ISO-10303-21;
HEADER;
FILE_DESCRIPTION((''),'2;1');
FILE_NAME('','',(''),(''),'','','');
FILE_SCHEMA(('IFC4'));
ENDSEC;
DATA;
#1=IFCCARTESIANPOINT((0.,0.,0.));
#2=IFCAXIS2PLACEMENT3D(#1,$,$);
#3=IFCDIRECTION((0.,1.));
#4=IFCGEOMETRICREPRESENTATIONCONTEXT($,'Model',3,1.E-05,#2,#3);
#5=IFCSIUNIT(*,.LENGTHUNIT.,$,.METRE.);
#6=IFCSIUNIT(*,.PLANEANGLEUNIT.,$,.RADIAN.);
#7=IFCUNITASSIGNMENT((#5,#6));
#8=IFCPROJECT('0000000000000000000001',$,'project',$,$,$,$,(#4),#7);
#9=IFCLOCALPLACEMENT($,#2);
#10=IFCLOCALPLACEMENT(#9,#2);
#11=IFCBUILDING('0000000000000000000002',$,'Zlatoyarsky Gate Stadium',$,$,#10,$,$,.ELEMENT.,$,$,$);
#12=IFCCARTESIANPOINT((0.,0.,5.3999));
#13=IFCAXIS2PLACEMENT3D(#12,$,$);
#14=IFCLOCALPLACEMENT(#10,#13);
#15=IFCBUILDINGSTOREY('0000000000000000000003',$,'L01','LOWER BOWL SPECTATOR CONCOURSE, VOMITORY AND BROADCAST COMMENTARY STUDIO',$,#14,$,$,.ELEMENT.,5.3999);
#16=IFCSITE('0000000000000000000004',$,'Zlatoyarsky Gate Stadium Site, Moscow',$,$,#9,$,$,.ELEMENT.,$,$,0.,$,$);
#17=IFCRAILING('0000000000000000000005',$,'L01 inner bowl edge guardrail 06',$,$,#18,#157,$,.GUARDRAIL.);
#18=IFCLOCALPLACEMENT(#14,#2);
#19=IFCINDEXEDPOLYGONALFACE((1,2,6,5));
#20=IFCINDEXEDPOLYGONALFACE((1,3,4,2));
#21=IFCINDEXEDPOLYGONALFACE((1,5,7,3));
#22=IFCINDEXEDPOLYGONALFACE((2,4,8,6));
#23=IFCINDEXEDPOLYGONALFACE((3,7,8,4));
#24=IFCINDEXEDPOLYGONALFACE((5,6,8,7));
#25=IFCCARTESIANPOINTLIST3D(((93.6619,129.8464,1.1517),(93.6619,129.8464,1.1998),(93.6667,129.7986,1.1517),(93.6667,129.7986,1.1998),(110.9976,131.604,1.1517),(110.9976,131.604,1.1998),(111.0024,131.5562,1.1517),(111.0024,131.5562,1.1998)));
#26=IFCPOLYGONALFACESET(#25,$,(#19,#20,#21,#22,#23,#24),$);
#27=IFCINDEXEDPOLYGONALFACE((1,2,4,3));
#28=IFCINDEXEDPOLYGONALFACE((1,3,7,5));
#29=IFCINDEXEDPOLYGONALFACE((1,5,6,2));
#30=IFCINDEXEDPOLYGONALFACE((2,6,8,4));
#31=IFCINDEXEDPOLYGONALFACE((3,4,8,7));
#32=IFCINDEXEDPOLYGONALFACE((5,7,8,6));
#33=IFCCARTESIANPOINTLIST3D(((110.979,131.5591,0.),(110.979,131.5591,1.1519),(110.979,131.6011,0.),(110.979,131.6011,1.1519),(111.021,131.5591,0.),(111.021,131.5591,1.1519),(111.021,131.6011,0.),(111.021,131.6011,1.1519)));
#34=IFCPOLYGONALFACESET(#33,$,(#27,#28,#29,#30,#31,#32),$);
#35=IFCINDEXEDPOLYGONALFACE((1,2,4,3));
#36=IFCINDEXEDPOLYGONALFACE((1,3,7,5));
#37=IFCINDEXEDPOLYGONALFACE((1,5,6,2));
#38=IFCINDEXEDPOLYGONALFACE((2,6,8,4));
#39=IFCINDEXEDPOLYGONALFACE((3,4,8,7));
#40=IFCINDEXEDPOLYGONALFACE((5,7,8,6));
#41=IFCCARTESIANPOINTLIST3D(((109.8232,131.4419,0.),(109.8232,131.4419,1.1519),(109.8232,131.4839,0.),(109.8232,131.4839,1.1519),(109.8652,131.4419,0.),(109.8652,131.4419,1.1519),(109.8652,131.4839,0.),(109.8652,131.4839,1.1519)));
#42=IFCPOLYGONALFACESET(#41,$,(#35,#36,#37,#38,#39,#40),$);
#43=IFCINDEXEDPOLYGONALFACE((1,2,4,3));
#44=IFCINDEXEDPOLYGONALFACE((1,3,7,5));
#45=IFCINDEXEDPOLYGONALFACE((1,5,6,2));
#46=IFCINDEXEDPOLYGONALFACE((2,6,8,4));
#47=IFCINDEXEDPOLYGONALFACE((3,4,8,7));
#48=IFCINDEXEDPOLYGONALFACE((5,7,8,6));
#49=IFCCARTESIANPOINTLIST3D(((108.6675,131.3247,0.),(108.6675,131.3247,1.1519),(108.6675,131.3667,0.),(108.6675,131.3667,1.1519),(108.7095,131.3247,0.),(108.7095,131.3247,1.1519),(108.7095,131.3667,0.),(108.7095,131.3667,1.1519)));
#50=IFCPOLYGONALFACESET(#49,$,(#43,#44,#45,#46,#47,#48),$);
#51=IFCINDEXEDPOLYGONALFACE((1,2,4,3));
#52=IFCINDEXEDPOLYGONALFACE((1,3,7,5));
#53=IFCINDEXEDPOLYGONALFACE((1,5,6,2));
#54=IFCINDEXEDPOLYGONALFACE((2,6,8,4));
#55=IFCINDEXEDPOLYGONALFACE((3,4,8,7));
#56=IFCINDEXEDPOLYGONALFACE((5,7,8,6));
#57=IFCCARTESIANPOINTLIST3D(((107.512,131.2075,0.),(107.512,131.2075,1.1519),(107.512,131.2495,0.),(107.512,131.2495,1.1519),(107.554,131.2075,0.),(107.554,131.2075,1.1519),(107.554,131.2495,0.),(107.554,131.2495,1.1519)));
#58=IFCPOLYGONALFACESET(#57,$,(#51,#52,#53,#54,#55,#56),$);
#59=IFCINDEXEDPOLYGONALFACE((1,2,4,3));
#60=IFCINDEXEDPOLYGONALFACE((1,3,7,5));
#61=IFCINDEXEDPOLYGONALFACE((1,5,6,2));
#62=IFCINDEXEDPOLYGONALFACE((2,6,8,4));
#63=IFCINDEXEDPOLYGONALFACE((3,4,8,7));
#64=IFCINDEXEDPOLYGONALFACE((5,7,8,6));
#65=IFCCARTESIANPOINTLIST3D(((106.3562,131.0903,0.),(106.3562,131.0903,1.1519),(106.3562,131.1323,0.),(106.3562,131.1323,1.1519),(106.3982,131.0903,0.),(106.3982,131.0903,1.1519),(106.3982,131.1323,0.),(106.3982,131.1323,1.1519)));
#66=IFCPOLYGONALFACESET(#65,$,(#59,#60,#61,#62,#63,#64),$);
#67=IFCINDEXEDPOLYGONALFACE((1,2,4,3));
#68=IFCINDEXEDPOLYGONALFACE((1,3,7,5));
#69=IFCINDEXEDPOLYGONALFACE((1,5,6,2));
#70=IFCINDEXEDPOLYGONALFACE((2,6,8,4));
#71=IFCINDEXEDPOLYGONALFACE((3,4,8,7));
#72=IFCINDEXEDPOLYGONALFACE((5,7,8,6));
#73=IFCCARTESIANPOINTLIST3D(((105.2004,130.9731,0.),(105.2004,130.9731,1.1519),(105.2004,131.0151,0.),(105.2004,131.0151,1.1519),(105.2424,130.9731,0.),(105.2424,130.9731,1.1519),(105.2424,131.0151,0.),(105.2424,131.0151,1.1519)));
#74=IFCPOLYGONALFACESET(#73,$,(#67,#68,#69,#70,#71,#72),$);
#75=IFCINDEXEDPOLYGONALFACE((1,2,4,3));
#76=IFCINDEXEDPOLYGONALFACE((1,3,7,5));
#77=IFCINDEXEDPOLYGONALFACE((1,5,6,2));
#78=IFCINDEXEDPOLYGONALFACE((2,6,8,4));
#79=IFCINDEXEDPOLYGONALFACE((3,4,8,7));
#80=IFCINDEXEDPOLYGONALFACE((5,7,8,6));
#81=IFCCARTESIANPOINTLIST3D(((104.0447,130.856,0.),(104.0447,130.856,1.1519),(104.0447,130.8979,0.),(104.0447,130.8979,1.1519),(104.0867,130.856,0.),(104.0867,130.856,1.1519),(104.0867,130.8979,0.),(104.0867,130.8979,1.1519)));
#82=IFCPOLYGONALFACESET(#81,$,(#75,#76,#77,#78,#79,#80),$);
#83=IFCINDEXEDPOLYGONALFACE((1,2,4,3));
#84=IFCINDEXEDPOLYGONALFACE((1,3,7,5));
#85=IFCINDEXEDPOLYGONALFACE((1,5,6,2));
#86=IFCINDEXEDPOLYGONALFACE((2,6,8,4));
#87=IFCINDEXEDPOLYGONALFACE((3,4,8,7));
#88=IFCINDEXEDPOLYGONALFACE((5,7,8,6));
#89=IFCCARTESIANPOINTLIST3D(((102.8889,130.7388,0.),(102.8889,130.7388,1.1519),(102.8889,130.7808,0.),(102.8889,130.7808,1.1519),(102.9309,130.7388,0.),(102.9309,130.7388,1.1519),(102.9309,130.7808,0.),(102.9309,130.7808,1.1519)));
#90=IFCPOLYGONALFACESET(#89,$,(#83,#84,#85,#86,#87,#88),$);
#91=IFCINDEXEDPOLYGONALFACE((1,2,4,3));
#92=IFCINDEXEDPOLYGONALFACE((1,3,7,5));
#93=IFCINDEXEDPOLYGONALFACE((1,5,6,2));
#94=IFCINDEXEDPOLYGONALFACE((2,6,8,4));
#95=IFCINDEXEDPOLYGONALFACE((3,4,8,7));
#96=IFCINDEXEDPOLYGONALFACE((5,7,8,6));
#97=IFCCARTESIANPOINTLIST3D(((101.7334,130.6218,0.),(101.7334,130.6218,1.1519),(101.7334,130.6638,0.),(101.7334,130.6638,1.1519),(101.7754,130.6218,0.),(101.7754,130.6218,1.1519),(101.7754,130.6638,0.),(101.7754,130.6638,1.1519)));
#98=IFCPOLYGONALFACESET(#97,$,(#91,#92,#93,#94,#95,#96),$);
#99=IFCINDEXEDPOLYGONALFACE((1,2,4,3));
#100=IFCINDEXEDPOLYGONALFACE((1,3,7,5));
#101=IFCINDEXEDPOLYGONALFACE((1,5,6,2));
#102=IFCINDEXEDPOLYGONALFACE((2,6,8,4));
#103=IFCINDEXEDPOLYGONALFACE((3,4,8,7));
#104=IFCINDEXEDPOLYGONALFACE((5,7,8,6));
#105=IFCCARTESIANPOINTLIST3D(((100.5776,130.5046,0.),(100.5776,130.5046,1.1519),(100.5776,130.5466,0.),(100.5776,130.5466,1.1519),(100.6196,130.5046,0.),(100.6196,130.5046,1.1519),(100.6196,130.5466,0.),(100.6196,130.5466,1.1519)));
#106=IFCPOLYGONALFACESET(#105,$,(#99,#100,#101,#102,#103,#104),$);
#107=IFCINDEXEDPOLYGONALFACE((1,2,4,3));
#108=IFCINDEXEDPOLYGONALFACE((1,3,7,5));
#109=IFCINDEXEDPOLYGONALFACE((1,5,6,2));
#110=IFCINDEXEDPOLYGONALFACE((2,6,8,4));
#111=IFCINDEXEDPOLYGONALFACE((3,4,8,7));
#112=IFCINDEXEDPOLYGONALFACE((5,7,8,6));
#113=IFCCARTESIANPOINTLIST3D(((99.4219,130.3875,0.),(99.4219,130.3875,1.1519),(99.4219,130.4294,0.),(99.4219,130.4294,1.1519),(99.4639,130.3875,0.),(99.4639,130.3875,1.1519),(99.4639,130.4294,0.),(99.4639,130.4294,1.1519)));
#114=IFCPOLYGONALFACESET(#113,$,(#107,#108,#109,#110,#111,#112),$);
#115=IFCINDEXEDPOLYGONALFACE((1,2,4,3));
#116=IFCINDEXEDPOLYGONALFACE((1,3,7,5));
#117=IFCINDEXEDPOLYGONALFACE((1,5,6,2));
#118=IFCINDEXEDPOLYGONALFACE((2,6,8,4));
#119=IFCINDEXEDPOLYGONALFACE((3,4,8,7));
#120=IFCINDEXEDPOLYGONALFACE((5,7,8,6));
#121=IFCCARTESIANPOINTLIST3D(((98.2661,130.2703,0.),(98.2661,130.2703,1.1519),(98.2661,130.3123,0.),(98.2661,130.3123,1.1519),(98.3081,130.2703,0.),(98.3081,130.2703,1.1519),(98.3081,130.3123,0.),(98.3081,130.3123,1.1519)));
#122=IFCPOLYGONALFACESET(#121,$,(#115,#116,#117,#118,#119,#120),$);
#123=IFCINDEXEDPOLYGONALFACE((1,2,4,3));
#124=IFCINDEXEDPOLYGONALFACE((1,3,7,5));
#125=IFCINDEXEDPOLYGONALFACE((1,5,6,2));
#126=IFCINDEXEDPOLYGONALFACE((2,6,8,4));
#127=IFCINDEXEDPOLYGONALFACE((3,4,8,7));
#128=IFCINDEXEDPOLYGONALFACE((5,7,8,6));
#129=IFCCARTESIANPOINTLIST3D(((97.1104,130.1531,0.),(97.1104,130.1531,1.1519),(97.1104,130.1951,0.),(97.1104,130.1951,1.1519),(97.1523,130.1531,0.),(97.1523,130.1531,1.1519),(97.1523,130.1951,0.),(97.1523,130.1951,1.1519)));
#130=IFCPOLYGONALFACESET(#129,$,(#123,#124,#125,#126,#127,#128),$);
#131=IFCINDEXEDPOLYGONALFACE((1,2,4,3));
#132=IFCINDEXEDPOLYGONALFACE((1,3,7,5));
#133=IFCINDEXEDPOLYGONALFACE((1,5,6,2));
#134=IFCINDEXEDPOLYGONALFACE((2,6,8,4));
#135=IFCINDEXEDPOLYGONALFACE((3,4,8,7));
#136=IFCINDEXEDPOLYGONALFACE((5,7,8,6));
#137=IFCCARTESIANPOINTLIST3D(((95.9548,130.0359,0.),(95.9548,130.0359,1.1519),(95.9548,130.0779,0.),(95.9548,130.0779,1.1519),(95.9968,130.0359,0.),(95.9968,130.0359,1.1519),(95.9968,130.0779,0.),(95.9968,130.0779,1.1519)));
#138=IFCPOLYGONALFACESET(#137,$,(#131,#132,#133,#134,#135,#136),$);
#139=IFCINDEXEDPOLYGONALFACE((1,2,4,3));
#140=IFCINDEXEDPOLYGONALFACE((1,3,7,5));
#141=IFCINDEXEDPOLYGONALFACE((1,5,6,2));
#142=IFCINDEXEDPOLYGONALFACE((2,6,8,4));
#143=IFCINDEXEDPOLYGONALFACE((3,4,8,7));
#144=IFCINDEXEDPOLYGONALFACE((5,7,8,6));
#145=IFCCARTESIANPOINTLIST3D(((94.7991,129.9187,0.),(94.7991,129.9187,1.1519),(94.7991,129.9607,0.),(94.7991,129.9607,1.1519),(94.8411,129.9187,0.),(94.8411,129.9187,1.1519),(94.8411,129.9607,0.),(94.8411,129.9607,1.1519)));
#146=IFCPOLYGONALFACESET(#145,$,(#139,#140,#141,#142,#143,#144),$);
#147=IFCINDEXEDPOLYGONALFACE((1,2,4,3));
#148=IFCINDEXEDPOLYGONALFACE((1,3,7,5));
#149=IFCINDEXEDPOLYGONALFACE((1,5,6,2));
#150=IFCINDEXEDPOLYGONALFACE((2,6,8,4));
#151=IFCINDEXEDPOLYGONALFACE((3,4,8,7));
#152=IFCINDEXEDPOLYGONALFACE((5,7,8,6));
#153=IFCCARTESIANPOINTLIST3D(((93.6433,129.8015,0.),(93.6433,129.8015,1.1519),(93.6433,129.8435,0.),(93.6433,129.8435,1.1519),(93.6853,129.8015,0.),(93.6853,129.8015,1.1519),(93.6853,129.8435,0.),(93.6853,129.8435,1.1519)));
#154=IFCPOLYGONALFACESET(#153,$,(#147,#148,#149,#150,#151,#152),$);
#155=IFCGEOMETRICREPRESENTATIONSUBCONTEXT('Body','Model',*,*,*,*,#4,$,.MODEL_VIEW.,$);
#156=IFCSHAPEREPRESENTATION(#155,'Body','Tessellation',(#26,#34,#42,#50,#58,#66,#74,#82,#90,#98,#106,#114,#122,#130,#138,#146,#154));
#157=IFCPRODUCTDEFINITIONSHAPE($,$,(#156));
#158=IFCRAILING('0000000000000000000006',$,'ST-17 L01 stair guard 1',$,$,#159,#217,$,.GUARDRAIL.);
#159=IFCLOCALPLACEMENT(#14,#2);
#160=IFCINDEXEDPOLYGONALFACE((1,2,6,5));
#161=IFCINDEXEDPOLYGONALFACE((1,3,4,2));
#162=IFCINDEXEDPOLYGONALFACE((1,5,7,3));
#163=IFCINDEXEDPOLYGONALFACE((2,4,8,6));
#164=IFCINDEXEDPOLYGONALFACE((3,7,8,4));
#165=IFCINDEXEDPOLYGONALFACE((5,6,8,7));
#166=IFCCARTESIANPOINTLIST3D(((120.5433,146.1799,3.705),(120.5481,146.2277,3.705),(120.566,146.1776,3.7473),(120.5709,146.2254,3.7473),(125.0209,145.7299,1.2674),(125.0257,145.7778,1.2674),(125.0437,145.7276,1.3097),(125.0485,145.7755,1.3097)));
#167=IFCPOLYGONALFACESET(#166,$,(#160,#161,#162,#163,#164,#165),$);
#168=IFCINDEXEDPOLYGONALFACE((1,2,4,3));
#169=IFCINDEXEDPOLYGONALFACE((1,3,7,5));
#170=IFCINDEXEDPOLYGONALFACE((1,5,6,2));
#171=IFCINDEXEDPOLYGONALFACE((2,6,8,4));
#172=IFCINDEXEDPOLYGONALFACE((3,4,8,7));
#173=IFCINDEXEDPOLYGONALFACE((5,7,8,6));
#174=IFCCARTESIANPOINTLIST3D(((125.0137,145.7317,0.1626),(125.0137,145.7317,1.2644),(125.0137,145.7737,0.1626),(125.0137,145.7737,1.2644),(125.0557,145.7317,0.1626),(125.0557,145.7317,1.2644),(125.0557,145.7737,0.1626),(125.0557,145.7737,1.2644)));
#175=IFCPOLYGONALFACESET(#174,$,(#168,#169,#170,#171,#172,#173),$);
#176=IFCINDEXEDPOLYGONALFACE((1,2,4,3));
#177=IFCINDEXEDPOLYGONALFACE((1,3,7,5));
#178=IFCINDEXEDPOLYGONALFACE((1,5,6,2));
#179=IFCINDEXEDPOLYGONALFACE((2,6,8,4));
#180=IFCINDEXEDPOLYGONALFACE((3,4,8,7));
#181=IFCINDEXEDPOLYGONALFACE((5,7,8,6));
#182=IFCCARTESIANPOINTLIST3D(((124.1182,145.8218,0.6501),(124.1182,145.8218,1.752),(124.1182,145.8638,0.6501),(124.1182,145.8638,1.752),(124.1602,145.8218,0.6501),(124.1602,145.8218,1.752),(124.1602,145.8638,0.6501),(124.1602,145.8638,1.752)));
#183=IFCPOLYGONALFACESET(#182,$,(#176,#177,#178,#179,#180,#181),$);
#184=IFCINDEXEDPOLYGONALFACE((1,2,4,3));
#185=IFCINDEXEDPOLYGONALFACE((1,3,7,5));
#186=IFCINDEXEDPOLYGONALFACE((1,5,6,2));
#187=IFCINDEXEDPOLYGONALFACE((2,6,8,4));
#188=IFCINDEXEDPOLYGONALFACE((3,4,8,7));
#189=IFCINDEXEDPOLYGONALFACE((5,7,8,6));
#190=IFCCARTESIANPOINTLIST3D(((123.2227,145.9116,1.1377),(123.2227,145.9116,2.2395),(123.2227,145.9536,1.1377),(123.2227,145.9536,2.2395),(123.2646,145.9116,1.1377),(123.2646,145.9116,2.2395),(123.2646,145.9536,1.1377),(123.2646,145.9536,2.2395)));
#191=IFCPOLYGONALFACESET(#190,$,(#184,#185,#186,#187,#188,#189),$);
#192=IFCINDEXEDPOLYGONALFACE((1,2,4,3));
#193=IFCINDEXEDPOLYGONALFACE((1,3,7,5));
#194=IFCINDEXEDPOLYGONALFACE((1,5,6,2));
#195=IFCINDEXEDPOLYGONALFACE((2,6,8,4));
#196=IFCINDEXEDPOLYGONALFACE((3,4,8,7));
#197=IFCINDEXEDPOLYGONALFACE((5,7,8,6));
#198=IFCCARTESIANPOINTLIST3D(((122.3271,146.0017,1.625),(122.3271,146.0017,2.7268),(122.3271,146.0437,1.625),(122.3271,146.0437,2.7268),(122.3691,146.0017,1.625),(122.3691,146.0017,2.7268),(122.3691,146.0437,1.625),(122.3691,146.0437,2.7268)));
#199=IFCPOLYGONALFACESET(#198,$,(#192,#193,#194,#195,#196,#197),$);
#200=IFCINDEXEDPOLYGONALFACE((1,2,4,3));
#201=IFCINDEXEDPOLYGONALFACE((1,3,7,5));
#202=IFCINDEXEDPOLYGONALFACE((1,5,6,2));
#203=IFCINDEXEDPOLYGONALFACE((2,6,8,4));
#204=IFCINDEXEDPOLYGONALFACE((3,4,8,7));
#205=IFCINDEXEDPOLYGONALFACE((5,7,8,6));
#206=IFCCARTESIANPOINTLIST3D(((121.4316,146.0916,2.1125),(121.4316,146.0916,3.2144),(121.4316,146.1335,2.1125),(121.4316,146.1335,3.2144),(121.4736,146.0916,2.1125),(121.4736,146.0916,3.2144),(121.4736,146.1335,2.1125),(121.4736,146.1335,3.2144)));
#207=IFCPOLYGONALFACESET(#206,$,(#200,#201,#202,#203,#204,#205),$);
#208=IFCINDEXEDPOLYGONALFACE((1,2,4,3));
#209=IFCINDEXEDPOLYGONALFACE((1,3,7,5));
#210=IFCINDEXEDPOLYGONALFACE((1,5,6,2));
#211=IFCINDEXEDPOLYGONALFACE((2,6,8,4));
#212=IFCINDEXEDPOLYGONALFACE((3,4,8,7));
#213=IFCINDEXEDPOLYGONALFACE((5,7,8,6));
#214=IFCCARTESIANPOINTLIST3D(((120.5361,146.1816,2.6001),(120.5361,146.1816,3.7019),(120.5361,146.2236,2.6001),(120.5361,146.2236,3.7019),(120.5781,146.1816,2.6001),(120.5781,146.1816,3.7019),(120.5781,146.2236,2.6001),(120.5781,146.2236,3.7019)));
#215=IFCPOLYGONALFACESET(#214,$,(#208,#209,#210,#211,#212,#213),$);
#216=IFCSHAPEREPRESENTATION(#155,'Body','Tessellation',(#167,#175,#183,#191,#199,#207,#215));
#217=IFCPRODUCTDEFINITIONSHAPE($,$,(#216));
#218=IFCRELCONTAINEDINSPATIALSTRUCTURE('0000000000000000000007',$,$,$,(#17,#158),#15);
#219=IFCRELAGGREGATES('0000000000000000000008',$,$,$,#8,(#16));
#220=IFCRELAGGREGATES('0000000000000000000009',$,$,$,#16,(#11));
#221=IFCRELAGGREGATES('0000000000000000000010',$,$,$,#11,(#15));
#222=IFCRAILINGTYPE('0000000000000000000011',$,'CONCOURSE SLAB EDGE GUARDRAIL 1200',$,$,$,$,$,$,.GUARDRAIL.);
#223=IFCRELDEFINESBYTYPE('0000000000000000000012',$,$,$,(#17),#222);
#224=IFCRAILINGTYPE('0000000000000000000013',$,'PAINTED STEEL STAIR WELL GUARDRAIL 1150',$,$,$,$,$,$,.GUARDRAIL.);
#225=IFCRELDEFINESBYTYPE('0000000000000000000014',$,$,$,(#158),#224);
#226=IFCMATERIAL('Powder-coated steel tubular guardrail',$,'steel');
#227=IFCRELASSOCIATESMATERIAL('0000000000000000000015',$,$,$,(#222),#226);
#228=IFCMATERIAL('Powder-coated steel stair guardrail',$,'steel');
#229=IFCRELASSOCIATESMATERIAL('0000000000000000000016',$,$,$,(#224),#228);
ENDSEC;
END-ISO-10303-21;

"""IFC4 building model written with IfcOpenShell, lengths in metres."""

from ifc_helpers import new_model, si_unit, direction, frame, origin, origin_2d, place, context, subcontext, project, spatial, rectangle, extrude, material, type_object, element, save


model = new_model("IFC4")

# Units and contexts
model_context = context("Model", 3, precision=1e-05, world=origin(), true_north=direction((0.0, 1.0)))
body_context = subcontext(model_context, "Body", "Model", "MODEL_VIEW")
ifc_project = project(units=[si_unit("LENGTHUNIT", "METRE"), si_unit("PLANEANGLEUNIT", "RADIAN")], contexts=[model_context])

# Site, building, storey
site_placement = place(None, origin())
site = spatial("IfcSite", under=ifc_project, at=site_placement, Name="Zlatoyarsky Gate Stadium Site, Moscow", CompositionType="ELEMENT", RefElevation=0.0)
building_placement = place(site_placement, origin())
building = spatial("IfcBuilding", under=site, at=building_placement, Name="Zlatoyarsky Gate Stadium", CompositionType="ELEMENT")
storey_placement = place(building_placement, frame((0.0, 0.0, 5.3999)))
storey = spatial("IfcBuildingStorey", under=building, at=storey_placement, Name="L01", Description="LOWER BOWL SPECTATOR CONCOURSE, VOMITORY AND BROADCAST COMMENTARY STUDIO", CompositionType="ELEMENT", Elevation=5.3999)

# Railings
ifc_material_1 = material(Name="Powder-coated steel tubular guardrail", Category="steel")
railing_type_1 = type_object("IfcRailingType", Name="CONCOURSE SLAB EDGE GUARDRAIL 1200", PredefinedType="GUARDRAIL", material=ifc_material_1)
railing_1_placement = place(storey_placement, frame((111.0, 131.5801, 0.0)))
element("IfcRailing", 1, at=railing_1_placement, inside=storey, type_object=railing_type_1, Name="L01 inner bowl edge guardrail 06", PredefinedType="GUARDRAIL", context=body_context, shape_type="SweptSolid", body=[
    extrude(rectangle(XDim=0.0481, YDim=0.0481, at=origin_2d()), frame((0.0, 0.0, 1.1758), z_axis=(-0.9949, -0.100867, 0.0), x_axis=(0.100867, -0.9949, 0.0)), (0.0, 0.0, 1.0), 17.4246),
    extrude(rectangle(XDim=0.042, YDim=0.042, at=origin_2d()), origin(), (0.0, 0.0, 1.0), 1.1519),
    extrude(rectangle(XDim=0.042, YDim=0.042, at=origin_2d()), frame((-1.1558, -0.1172, 0.0)), (0.0, 0.0, 1.0), 1.1519),
    extrude(rectangle(XDim=0.042, YDim=0.042, at=origin_2d()), frame((-2.3115, -0.2344, 0.0)), (0.0, 0.0, 1.0), 1.1519),
    extrude(rectangle(XDim=0.042, YDim=0.042, at=origin_2d()), frame((-3.467, -0.3516, 0.0)), (0.0, 0.0, 1.0), 1.1519),
    extrude(rectangle(XDim=0.042, YDim=0.042, at=origin_2d()), frame((-4.6228, -0.4688, 0.0)), (0.0, 0.0, 1.0), 1.1519),
    extrude(rectangle(XDim=0.042, YDim=0.042, at=origin_2d()), frame((-5.7786, -0.5859, 0.0)), (0.0, 0.0, 1.0), 1.1519),
    extrude(rectangle(XDim=0.042, YDim=0.042, at=origin_2d()), frame((-6.9343, -0.7031, 0.0)), (0.0, 0.0, 1.0), 1.1519),
    extrude(rectangle(XDim=0.042, YDim=0.042, at=origin_2d()), frame((-8.0901, -0.8203, 0.0)), (0.0, 0.0, 1.0), 1.1519),
    extrude(rectangle(XDim=0.042, YDim=0.042, at=origin_2d()), frame((-9.2456, -0.9373, 0.0)), (0.0, 0.0, 1.0), 1.1519),
    extrude(rectangle(XDim=0.042, YDim=0.042, at=origin_2d()), frame((-10.4014, -1.0544, 0.0)), (0.0, 0.0, 1.0), 1.1519),
    extrude(rectangle(XDim=0.042, YDim=0.042, at=origin_2d()), frame((-11.5571, -1.1716, 0.0)), (0.0, 0.0, 1.0), 1.1519),
    extrude(rectangle(XDim=0.042, YDim=0.042, at=origin_2d()), frame((-12.7129, -1.2888, 0.0)), (0.0, 0.0, 1.0), 1.1519),
    extrude(rectangle(XDim=0.042, YDim=0.042, at=origin_2d()), frame((-13.8687, -1.406, 0.0)), (0.0, 0.0, 1.0), 1.1519),
    extrude(rectangle(XDim=0.042, YDim=0.042, at=origin_2d()), frame((-15.0242, -1.5232, 0.0)), (0.0, 0.0, 1.0), 1.1519),
    extrude(rectangle(XDim=0.042, YDim=0.042, at=origin_2d()), frame((-16.1799, -1.6404, 0.0)), (0.0, 0.0, 1.0), 1.1519),
    extrude(rectangle(XDim=0.042, YDim=0.042, at=origin_2d()), frame((-17.3357, -1.7576, 0.0)), (0.0, 0.0, 1.0), 1.1519),
])
ifc_material_2 = material(Name="Powder-coated steel stair guardrail", Category="steel")
railing_type_2 = type_object("IfcRailingType", Name="PAINTED STEEL STAIR WELL GUARDRAIL 1150", PredefinedType="GUARDRAIL", material=ifc_material_2)
railing_2_placement = place(storey_placement, frame((125.0347, 145.7527, 0.1626)))
element("IfcRailing", 2, at=railing_2_placement, inside=storey, type_object=railing_type_2, Name="ST-17 L01 stair guard 1", PredefinedType="GUARDRAIL", context=body_context, shape_type="SweptSolid", body=[
    extrude(rectangle(XDim=0.0481, YDim=0.0481, at=origin_2d()), frame((0.0, 0.0, 1.126), z_axis=(-0.87489, 0.087918, 0.476276), x_axis=(-0.099987, -0.994989, 0.0)), (0.0, 0.0, 1.0), 5.1179),
    extrude(rectangle(XDim=0.042, YDim=0.042, at=origin_2d()), origin(), (0.0, 0.0, 1.0), 1.1018),
    extrude(rectangle(XDim=0.042, YDim=0.042, at=origin_2d()), frame((-0.8955, 0.0901, 0.4875)), (0.0, 0.0, 1.0), 1.1018),
    extrude(rectangle(XDim=0.042, YDim=0.042, at=origin_2d()), frame((-1.791, 0.1799, 0.9751)), (0.0, 0.0, 1.0), 1.1018),
    extrude(rectangle(XDim=0.042, YDim=0.042, at=origin_2d()), frame((-2.6865, 0.27, 1.4624)), (0.0, 0.0, 1.0), 1.1018),
    extrude(rectangle(XDim=0.042, YDim=0.042, at=origin_2d()), frame((-3.582, 0.3599, 1.95)), (0.0, 0.0, 1.0), 1.1018),
    extrude(rectangle(XDim=0.042, YDim=0.042, at=origin_2d()), frame((-4.4775, 0.45, 2.4375)), (0.0, 0.0, 1.0), 1.1018),
])

save(model, "model.ifc")
